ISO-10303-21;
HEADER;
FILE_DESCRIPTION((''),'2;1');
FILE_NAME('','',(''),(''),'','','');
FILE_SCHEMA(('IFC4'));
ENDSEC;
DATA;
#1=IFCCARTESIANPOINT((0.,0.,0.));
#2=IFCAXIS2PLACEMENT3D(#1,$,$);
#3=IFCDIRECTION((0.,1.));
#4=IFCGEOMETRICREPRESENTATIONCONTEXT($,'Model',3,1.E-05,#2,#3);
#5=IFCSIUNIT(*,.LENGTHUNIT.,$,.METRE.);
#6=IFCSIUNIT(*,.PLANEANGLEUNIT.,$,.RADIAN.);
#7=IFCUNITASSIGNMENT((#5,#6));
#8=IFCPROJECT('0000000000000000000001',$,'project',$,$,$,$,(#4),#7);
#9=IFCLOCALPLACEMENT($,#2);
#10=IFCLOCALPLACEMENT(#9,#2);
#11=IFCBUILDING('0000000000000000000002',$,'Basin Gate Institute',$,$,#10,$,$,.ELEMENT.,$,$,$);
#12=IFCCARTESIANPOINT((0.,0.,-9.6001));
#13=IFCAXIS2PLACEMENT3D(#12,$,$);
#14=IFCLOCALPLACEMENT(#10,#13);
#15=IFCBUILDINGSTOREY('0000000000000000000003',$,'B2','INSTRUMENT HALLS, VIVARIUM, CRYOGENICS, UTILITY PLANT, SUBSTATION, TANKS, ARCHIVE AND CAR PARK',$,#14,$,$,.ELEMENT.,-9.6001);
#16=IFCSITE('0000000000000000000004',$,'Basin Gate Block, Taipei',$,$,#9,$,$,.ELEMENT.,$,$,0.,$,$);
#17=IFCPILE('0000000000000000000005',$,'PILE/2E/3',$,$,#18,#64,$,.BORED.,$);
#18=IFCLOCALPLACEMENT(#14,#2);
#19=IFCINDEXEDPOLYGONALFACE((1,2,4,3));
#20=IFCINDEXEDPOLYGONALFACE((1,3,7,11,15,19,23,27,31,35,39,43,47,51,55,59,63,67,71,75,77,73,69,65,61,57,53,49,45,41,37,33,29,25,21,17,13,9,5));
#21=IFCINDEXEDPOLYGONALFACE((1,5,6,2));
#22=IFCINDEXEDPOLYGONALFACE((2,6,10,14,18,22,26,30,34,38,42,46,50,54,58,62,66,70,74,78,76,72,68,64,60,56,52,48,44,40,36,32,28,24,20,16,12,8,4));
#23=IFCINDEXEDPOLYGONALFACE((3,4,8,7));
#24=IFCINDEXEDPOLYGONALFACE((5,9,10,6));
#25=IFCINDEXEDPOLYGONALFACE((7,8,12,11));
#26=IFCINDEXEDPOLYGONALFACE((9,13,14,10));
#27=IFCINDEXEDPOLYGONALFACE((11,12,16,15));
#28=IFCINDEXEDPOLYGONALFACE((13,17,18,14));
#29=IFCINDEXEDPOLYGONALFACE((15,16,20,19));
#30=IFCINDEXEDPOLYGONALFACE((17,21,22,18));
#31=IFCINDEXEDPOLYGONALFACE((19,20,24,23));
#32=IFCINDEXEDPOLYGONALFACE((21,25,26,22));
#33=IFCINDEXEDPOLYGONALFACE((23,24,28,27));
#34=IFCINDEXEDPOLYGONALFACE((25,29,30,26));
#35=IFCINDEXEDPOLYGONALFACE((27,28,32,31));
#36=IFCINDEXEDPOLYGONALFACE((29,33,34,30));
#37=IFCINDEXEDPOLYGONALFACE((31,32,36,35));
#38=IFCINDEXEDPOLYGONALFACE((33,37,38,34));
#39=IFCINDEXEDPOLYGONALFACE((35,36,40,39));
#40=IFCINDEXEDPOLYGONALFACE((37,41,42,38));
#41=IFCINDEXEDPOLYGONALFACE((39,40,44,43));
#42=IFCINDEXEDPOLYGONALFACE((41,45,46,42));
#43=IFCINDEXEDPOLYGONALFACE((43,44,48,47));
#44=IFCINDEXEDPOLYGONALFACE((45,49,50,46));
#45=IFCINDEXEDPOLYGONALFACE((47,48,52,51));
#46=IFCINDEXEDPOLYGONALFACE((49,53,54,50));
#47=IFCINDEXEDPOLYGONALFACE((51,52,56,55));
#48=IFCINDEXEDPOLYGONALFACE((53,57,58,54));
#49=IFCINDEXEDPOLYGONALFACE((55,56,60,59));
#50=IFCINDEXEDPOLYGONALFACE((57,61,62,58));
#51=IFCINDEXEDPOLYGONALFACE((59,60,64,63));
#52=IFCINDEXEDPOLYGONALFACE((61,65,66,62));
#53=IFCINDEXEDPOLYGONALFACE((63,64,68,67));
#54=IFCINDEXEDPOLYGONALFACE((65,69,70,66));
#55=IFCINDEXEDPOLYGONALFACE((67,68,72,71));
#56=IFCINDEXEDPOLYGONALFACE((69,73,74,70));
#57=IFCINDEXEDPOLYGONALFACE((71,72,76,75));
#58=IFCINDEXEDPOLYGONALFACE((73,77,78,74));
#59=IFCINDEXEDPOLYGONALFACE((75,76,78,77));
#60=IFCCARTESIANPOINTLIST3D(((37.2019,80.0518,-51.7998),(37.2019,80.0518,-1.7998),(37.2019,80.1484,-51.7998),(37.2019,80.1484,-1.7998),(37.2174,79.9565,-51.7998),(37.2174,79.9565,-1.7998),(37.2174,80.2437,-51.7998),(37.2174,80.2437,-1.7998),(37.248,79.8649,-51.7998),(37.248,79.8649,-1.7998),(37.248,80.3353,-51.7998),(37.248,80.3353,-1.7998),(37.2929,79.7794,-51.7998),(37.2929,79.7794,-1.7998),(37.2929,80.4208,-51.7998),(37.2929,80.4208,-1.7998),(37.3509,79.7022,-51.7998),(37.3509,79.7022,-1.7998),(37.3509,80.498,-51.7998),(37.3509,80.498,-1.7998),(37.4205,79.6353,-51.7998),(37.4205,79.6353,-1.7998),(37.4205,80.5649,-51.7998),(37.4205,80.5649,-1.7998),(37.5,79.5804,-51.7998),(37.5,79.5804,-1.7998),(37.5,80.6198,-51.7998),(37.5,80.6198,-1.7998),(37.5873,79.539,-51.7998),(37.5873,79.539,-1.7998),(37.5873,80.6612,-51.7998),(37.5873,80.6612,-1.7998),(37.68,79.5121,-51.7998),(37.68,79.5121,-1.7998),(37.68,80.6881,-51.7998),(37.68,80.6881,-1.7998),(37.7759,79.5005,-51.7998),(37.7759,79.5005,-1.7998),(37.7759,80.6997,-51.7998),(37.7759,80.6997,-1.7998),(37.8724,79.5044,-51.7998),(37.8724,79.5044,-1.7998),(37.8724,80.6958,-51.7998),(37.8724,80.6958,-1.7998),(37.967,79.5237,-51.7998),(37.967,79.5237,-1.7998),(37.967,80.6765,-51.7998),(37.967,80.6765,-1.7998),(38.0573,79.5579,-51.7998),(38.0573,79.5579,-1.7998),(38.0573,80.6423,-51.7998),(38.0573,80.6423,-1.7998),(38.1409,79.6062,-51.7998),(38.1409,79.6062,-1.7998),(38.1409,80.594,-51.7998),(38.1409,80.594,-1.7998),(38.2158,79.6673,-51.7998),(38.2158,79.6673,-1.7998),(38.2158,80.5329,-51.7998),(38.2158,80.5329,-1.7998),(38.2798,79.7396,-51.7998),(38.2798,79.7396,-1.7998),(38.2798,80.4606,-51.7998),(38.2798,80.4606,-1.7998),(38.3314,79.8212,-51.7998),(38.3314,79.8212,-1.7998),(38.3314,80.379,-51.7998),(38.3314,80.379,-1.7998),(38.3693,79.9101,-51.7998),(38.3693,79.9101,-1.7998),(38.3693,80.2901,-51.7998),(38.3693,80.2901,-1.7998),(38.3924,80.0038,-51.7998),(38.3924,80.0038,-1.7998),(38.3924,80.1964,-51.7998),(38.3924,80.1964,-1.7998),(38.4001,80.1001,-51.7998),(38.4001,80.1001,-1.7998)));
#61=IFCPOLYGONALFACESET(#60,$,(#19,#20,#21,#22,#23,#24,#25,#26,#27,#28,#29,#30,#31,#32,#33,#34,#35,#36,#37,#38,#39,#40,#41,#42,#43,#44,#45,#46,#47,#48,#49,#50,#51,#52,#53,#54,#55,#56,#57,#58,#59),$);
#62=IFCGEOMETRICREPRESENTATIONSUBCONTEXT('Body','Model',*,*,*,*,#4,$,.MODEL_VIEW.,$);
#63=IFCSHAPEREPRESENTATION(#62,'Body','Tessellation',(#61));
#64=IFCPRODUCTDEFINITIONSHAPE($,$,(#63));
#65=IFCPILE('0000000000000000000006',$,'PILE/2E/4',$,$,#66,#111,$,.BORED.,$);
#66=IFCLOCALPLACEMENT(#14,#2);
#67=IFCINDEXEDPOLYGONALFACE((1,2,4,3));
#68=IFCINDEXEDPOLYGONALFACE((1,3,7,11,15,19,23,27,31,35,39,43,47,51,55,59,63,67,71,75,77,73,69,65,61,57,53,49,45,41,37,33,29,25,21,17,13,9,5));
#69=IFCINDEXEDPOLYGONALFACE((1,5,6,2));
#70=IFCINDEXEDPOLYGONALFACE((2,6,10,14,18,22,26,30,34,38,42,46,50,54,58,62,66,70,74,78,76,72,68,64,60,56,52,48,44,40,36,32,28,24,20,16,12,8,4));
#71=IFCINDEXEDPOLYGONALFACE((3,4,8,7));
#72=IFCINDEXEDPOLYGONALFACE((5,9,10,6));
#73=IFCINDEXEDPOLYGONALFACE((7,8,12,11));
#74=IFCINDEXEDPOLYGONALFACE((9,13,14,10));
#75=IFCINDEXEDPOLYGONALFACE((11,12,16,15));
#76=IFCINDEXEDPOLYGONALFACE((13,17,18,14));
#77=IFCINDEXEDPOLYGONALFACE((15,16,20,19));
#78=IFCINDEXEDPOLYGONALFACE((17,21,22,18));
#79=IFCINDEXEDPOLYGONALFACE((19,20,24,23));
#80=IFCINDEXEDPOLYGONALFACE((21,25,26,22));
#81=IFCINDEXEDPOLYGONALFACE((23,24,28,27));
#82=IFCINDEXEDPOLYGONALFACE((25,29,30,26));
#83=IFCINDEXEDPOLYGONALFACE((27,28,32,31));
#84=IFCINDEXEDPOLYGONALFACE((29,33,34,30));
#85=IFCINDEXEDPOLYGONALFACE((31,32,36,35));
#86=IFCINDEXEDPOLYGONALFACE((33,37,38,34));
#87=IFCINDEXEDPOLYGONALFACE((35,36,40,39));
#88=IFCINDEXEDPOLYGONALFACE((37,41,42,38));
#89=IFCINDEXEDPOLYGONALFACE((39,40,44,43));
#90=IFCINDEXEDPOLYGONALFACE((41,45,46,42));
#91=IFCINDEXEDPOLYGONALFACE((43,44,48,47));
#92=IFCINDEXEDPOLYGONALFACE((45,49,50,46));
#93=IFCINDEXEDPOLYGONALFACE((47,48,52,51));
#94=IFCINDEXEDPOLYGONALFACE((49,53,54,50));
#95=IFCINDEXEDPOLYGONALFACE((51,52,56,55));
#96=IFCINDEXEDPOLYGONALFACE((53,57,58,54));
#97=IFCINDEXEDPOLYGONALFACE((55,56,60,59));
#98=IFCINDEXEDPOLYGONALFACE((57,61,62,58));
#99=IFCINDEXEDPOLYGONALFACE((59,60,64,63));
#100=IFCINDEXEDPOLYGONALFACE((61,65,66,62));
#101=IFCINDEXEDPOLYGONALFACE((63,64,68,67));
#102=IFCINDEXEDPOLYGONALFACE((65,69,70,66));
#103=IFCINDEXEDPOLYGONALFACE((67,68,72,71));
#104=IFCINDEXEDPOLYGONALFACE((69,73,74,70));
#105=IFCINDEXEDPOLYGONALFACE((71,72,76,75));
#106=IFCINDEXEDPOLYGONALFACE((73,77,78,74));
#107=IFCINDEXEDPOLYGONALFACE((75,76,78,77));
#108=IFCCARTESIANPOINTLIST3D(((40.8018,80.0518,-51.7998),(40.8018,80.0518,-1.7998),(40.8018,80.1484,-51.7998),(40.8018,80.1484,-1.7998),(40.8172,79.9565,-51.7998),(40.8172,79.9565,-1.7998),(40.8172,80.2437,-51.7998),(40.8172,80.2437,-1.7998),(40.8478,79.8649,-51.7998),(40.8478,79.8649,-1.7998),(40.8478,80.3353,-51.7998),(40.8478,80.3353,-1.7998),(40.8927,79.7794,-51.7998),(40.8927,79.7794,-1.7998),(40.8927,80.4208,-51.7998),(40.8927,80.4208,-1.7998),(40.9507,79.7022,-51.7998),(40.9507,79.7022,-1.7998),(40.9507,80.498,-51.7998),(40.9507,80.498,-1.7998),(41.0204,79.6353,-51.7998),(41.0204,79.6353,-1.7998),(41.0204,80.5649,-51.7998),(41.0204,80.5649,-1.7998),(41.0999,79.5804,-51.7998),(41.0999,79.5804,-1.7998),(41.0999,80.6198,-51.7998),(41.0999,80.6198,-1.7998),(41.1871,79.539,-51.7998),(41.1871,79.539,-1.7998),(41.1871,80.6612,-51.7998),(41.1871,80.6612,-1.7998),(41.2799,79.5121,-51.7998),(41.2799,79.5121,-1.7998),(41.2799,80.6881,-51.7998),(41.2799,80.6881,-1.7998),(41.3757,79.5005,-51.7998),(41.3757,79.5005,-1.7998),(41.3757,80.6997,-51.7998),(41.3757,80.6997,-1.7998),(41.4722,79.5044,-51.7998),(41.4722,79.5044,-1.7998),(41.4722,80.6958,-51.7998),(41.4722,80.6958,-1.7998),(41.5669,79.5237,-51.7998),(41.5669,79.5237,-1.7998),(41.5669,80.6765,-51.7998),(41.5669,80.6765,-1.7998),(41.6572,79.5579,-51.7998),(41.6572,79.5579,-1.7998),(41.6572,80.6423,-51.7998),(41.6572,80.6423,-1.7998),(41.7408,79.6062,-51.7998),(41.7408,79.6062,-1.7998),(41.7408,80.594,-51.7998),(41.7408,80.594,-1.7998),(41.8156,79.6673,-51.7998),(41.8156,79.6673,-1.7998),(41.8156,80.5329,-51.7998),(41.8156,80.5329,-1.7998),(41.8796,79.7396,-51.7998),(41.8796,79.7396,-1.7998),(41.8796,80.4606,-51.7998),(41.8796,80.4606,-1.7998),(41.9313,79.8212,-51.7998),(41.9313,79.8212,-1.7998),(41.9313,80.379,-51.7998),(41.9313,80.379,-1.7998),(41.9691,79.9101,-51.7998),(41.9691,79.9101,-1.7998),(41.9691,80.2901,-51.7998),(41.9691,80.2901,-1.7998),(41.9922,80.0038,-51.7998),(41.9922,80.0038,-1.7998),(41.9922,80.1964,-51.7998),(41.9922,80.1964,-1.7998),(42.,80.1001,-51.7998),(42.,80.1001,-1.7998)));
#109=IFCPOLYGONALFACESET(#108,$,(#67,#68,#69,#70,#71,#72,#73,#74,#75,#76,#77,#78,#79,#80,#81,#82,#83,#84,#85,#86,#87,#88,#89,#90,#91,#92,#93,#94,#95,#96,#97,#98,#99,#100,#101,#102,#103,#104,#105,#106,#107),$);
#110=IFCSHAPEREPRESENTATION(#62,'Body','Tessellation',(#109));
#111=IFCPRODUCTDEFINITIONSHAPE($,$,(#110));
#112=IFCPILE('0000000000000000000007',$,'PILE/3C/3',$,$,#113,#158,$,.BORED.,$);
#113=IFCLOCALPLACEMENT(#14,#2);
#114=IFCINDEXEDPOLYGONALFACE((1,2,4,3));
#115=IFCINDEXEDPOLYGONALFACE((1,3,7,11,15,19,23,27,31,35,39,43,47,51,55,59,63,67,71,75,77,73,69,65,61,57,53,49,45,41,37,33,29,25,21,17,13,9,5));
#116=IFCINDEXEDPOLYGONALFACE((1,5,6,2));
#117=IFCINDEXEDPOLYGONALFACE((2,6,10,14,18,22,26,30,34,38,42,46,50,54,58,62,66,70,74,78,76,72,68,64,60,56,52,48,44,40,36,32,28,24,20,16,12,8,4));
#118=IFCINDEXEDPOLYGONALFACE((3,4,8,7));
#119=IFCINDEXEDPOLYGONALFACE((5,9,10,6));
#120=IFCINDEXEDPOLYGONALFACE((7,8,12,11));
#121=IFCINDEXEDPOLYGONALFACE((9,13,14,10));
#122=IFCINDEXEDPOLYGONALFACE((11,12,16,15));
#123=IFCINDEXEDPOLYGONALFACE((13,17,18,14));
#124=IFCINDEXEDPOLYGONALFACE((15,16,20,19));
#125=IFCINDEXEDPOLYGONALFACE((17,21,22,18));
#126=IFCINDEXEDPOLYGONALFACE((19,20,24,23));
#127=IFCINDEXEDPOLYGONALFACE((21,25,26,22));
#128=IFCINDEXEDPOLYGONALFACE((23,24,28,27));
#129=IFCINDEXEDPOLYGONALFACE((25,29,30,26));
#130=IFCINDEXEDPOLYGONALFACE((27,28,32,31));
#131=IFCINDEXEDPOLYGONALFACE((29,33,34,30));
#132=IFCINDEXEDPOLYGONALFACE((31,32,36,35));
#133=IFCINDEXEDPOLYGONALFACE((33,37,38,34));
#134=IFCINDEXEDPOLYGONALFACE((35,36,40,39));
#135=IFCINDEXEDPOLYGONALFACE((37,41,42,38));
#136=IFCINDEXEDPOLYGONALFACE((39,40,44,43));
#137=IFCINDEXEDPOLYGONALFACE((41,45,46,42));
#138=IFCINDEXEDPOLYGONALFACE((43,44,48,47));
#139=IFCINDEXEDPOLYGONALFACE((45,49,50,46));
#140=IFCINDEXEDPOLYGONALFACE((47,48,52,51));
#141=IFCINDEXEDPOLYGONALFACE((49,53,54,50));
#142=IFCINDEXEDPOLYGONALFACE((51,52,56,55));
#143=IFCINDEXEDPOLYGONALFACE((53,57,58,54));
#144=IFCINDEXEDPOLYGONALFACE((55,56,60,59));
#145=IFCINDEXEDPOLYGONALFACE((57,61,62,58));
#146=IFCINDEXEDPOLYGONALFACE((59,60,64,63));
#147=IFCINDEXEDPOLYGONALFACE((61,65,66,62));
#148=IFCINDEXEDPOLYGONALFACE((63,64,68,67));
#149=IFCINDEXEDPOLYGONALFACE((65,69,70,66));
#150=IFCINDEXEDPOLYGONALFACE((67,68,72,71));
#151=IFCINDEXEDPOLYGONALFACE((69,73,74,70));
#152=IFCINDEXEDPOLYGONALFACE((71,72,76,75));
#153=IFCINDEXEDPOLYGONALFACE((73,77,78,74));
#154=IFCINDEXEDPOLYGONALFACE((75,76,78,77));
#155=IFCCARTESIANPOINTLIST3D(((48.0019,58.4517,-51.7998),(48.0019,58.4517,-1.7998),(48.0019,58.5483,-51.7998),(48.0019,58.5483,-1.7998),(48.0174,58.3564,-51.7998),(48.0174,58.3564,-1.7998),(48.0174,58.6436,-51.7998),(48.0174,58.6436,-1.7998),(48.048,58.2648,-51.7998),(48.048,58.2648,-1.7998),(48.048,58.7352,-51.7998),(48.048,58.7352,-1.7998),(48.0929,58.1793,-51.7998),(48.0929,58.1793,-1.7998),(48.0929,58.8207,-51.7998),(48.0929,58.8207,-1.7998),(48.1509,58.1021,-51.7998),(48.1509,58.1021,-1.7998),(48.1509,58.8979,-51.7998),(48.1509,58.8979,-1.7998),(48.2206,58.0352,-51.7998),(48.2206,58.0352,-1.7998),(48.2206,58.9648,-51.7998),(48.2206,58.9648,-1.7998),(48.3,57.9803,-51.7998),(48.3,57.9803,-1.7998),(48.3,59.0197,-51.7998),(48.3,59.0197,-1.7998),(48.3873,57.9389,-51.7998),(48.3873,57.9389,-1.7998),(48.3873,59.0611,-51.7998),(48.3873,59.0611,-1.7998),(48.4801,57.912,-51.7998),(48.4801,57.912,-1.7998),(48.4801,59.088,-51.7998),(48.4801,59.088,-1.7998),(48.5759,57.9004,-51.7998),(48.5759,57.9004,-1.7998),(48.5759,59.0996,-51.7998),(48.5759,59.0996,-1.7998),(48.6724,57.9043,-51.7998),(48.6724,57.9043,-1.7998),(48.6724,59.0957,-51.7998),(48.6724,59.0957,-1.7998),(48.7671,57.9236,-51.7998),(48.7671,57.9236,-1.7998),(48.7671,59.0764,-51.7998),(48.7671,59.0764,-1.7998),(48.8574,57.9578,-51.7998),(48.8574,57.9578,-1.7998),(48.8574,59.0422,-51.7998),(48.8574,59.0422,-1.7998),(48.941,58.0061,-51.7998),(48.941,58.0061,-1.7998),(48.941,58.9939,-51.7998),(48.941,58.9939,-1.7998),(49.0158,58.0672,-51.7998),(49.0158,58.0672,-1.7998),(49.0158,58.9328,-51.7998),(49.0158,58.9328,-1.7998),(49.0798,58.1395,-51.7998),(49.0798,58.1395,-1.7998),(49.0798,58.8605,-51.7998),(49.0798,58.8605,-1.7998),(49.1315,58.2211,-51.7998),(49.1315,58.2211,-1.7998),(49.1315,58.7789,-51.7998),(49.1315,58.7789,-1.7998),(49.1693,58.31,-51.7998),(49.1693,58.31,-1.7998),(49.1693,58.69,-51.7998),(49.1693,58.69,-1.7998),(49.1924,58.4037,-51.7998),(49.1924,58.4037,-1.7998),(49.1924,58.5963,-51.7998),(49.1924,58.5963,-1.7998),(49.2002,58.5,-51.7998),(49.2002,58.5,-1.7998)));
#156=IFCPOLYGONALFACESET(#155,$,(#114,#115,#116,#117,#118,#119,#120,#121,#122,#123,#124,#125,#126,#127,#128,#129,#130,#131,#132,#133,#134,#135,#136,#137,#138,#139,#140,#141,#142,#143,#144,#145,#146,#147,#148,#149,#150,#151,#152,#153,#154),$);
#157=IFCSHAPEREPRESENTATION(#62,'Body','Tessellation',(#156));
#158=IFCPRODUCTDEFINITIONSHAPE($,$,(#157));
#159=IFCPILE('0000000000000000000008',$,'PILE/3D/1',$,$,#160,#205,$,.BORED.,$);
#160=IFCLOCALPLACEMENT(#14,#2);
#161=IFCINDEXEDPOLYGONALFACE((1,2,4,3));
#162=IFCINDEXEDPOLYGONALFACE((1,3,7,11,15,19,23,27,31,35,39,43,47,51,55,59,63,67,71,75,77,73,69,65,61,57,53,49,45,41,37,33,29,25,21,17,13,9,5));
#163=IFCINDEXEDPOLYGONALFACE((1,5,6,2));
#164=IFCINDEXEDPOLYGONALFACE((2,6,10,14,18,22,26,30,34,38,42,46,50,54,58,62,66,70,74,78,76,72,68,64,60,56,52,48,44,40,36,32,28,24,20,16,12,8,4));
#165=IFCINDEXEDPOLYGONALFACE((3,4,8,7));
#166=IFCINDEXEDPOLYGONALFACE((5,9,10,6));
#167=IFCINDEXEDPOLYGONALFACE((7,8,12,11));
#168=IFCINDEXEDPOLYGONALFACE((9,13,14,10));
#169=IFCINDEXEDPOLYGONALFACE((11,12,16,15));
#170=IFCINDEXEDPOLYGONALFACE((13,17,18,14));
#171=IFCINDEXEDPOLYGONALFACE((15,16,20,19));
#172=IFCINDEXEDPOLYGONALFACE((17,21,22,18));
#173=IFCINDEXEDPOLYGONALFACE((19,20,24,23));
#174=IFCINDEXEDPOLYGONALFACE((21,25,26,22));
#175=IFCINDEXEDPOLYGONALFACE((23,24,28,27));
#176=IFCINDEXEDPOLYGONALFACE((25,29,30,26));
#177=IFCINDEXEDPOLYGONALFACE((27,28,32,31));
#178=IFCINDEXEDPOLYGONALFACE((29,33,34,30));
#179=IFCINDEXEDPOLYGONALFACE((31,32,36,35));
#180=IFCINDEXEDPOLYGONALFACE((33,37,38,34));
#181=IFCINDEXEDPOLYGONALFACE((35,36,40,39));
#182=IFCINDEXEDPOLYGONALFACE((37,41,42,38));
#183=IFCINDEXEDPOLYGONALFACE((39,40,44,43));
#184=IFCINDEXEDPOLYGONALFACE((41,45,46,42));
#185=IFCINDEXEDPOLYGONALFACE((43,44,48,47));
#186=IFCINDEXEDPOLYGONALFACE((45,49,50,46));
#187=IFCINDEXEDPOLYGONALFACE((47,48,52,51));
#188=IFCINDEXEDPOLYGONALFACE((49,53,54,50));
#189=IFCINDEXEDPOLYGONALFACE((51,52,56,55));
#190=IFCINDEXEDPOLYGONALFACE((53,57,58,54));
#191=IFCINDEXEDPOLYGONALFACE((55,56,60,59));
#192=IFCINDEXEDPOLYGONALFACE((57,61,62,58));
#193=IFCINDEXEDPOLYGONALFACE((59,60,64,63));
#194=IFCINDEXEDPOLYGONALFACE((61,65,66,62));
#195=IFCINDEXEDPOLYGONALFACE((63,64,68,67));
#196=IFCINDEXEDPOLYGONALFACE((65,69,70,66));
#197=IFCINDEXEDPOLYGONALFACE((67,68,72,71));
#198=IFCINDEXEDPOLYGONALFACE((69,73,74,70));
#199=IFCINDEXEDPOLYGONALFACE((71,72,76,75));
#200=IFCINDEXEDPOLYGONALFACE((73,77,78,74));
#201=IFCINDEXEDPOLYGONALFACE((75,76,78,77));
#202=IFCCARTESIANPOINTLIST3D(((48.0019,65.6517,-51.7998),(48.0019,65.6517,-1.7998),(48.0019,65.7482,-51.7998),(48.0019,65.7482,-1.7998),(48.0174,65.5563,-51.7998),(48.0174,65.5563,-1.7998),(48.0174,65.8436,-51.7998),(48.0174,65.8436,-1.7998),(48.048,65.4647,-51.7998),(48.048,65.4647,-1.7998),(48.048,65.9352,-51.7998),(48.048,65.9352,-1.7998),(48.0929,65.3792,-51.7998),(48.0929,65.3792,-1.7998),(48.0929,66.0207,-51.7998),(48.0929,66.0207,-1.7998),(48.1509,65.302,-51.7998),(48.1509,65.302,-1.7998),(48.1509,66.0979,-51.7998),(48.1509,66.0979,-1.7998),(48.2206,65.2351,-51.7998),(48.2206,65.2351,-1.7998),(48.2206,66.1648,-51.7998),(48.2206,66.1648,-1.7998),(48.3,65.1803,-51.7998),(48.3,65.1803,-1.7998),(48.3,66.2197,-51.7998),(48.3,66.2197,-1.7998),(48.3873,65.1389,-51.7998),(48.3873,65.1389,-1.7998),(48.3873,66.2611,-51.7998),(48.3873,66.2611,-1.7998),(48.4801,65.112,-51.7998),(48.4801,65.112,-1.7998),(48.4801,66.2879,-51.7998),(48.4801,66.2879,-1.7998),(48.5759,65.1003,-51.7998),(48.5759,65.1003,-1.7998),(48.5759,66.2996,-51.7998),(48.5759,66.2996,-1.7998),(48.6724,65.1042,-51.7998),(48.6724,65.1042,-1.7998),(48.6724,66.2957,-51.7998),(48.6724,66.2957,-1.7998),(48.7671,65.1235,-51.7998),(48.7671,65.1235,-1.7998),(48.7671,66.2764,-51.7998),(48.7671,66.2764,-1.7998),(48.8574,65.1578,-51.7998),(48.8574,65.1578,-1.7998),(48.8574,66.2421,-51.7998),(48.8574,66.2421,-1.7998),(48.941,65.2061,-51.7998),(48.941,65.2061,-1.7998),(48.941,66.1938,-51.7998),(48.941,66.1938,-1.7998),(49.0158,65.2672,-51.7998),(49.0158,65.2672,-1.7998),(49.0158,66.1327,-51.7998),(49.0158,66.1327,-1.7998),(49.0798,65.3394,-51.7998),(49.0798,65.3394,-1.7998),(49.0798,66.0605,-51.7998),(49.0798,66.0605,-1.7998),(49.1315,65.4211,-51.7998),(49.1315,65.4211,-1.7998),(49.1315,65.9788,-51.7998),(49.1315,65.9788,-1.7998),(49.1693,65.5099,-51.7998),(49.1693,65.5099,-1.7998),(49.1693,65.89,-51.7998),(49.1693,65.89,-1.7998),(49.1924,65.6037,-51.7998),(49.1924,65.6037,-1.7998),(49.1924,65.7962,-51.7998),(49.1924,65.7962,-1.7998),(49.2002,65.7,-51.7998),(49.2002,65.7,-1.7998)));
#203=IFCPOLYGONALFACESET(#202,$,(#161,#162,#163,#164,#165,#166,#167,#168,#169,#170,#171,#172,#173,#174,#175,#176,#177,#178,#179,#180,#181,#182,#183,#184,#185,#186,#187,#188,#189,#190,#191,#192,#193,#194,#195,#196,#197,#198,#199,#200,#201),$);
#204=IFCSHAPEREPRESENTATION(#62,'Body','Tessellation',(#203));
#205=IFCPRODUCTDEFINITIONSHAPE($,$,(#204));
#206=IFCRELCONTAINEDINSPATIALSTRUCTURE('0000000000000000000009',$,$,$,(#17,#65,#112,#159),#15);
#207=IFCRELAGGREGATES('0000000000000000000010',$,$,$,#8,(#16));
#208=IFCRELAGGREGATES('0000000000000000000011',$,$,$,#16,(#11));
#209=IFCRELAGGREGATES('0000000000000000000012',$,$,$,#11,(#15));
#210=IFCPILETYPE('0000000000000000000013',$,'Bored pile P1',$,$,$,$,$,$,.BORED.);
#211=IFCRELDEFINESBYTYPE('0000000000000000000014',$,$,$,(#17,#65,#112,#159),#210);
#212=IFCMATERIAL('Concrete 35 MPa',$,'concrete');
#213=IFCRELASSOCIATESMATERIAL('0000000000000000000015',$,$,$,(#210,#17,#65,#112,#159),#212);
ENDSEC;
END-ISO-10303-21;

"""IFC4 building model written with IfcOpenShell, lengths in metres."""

from ifc_helpers import new_model, si_unit, direction, frame, origin, origin_2d, place, context, subcontext, project, spatial, circle, extrude, material, material_profile, profile_set, type_object, element, save


model = new_model("IFC4")

# Units and contexts
model_context = context("Model", 3, precision=1e-05, world=origin(), true_north=direction((0.0, 1.0)))
body_context = subcontext(model_context, "Body", "Model", "MODEL_VIEW")
ifc_project = project(units=[si_unit("LENGTHUNIT", "METRE"), si_unit("PLANEANGLEUNIT", "RADIAN")], contexts=[model_context])

# Site, building, storey
site_placement = place(None, origin())
site = spatial("IfcSite", under=ifc_project, at=site_placement, Name="Basin Gate Block, Taipei", CompositionType="ELEMENT", RefElevation=0.0)
building_placement = place(site_placement, origin())
building = spatial("IfcBuilding", under=site, at=building_placement, Name="Basin Gate Institute", CompositionType="ELEMENT")
storey_placement = place(building_placement, frame((0.0, 0.0, -9.6001)))
storey = spatial("IfcBuildingStorey", under=building, at=storey_placement, Name="B2", Description="INSTRUMENT HALLS, VIVARIUM, CRYOGENICS, UTILITY PLANT, SUBSTATION, TANKS, ARCHIVE AND CAR PARK", CompositionType="ELEMENT", Elevation=-9.6001)

# Piles
ifc_material_1 = material(Name="Concrete 35 MPa", Category="concrete")
ifc_material_profile_1 = material_profile(ifc_material_1, circle(Radius=0.6001, at=origin_2d()), Name="Bored pile P1 1200 dia")
ifc_profile_set_1 = profile_set([ifc_material_profile_1], Name="Concrete 35 MPa")
pile_type = type_object("IfcPileType", Name="Bored pile P1", PredefinedType="BORED", material=ifc_profile_set_1)
for number, where, z_axis, x_axis, name in (
    (1, (37.8, 80.1001, -1.7998), (0.0, 0.0, -1.0), (1.0, 0.0, 0.0), "PILE/2E/3"),
    (2, (41.3999, 80.1001, -1.7998), (0.0, 0.0, -1.0), (1.0, 0.0, 0.0), "PILE/2E/4"),
    (3, (48.6001, 58.5, -1.7998), (0.0, 0.0, -1.0), (1.0, 0.0, 0.0), "PILE/3C/3"),
    (4, (48.6001, 65.7, -1.7998), (0.0, 0.0, -1.0), (1.0, 0.0, 0.0), "PILE/3D/1"),
):
    element("IfcPile", number, at=place(storey_placement, frame(where, z_axis=z_axis, x_axis=x_axis)), inside=storey, type_object=pile_type, material=ifc_profile_set_1, Name=name, PredefinedType="BORED", context=body_context, shape_type="SweptSolid", body=[
        extrude(circle(Radius=0.6001, at=origin_2d()), origin(), (0.0, 0.0, 1.0), 50.0),
    ])

save(model, "model.ifc")
